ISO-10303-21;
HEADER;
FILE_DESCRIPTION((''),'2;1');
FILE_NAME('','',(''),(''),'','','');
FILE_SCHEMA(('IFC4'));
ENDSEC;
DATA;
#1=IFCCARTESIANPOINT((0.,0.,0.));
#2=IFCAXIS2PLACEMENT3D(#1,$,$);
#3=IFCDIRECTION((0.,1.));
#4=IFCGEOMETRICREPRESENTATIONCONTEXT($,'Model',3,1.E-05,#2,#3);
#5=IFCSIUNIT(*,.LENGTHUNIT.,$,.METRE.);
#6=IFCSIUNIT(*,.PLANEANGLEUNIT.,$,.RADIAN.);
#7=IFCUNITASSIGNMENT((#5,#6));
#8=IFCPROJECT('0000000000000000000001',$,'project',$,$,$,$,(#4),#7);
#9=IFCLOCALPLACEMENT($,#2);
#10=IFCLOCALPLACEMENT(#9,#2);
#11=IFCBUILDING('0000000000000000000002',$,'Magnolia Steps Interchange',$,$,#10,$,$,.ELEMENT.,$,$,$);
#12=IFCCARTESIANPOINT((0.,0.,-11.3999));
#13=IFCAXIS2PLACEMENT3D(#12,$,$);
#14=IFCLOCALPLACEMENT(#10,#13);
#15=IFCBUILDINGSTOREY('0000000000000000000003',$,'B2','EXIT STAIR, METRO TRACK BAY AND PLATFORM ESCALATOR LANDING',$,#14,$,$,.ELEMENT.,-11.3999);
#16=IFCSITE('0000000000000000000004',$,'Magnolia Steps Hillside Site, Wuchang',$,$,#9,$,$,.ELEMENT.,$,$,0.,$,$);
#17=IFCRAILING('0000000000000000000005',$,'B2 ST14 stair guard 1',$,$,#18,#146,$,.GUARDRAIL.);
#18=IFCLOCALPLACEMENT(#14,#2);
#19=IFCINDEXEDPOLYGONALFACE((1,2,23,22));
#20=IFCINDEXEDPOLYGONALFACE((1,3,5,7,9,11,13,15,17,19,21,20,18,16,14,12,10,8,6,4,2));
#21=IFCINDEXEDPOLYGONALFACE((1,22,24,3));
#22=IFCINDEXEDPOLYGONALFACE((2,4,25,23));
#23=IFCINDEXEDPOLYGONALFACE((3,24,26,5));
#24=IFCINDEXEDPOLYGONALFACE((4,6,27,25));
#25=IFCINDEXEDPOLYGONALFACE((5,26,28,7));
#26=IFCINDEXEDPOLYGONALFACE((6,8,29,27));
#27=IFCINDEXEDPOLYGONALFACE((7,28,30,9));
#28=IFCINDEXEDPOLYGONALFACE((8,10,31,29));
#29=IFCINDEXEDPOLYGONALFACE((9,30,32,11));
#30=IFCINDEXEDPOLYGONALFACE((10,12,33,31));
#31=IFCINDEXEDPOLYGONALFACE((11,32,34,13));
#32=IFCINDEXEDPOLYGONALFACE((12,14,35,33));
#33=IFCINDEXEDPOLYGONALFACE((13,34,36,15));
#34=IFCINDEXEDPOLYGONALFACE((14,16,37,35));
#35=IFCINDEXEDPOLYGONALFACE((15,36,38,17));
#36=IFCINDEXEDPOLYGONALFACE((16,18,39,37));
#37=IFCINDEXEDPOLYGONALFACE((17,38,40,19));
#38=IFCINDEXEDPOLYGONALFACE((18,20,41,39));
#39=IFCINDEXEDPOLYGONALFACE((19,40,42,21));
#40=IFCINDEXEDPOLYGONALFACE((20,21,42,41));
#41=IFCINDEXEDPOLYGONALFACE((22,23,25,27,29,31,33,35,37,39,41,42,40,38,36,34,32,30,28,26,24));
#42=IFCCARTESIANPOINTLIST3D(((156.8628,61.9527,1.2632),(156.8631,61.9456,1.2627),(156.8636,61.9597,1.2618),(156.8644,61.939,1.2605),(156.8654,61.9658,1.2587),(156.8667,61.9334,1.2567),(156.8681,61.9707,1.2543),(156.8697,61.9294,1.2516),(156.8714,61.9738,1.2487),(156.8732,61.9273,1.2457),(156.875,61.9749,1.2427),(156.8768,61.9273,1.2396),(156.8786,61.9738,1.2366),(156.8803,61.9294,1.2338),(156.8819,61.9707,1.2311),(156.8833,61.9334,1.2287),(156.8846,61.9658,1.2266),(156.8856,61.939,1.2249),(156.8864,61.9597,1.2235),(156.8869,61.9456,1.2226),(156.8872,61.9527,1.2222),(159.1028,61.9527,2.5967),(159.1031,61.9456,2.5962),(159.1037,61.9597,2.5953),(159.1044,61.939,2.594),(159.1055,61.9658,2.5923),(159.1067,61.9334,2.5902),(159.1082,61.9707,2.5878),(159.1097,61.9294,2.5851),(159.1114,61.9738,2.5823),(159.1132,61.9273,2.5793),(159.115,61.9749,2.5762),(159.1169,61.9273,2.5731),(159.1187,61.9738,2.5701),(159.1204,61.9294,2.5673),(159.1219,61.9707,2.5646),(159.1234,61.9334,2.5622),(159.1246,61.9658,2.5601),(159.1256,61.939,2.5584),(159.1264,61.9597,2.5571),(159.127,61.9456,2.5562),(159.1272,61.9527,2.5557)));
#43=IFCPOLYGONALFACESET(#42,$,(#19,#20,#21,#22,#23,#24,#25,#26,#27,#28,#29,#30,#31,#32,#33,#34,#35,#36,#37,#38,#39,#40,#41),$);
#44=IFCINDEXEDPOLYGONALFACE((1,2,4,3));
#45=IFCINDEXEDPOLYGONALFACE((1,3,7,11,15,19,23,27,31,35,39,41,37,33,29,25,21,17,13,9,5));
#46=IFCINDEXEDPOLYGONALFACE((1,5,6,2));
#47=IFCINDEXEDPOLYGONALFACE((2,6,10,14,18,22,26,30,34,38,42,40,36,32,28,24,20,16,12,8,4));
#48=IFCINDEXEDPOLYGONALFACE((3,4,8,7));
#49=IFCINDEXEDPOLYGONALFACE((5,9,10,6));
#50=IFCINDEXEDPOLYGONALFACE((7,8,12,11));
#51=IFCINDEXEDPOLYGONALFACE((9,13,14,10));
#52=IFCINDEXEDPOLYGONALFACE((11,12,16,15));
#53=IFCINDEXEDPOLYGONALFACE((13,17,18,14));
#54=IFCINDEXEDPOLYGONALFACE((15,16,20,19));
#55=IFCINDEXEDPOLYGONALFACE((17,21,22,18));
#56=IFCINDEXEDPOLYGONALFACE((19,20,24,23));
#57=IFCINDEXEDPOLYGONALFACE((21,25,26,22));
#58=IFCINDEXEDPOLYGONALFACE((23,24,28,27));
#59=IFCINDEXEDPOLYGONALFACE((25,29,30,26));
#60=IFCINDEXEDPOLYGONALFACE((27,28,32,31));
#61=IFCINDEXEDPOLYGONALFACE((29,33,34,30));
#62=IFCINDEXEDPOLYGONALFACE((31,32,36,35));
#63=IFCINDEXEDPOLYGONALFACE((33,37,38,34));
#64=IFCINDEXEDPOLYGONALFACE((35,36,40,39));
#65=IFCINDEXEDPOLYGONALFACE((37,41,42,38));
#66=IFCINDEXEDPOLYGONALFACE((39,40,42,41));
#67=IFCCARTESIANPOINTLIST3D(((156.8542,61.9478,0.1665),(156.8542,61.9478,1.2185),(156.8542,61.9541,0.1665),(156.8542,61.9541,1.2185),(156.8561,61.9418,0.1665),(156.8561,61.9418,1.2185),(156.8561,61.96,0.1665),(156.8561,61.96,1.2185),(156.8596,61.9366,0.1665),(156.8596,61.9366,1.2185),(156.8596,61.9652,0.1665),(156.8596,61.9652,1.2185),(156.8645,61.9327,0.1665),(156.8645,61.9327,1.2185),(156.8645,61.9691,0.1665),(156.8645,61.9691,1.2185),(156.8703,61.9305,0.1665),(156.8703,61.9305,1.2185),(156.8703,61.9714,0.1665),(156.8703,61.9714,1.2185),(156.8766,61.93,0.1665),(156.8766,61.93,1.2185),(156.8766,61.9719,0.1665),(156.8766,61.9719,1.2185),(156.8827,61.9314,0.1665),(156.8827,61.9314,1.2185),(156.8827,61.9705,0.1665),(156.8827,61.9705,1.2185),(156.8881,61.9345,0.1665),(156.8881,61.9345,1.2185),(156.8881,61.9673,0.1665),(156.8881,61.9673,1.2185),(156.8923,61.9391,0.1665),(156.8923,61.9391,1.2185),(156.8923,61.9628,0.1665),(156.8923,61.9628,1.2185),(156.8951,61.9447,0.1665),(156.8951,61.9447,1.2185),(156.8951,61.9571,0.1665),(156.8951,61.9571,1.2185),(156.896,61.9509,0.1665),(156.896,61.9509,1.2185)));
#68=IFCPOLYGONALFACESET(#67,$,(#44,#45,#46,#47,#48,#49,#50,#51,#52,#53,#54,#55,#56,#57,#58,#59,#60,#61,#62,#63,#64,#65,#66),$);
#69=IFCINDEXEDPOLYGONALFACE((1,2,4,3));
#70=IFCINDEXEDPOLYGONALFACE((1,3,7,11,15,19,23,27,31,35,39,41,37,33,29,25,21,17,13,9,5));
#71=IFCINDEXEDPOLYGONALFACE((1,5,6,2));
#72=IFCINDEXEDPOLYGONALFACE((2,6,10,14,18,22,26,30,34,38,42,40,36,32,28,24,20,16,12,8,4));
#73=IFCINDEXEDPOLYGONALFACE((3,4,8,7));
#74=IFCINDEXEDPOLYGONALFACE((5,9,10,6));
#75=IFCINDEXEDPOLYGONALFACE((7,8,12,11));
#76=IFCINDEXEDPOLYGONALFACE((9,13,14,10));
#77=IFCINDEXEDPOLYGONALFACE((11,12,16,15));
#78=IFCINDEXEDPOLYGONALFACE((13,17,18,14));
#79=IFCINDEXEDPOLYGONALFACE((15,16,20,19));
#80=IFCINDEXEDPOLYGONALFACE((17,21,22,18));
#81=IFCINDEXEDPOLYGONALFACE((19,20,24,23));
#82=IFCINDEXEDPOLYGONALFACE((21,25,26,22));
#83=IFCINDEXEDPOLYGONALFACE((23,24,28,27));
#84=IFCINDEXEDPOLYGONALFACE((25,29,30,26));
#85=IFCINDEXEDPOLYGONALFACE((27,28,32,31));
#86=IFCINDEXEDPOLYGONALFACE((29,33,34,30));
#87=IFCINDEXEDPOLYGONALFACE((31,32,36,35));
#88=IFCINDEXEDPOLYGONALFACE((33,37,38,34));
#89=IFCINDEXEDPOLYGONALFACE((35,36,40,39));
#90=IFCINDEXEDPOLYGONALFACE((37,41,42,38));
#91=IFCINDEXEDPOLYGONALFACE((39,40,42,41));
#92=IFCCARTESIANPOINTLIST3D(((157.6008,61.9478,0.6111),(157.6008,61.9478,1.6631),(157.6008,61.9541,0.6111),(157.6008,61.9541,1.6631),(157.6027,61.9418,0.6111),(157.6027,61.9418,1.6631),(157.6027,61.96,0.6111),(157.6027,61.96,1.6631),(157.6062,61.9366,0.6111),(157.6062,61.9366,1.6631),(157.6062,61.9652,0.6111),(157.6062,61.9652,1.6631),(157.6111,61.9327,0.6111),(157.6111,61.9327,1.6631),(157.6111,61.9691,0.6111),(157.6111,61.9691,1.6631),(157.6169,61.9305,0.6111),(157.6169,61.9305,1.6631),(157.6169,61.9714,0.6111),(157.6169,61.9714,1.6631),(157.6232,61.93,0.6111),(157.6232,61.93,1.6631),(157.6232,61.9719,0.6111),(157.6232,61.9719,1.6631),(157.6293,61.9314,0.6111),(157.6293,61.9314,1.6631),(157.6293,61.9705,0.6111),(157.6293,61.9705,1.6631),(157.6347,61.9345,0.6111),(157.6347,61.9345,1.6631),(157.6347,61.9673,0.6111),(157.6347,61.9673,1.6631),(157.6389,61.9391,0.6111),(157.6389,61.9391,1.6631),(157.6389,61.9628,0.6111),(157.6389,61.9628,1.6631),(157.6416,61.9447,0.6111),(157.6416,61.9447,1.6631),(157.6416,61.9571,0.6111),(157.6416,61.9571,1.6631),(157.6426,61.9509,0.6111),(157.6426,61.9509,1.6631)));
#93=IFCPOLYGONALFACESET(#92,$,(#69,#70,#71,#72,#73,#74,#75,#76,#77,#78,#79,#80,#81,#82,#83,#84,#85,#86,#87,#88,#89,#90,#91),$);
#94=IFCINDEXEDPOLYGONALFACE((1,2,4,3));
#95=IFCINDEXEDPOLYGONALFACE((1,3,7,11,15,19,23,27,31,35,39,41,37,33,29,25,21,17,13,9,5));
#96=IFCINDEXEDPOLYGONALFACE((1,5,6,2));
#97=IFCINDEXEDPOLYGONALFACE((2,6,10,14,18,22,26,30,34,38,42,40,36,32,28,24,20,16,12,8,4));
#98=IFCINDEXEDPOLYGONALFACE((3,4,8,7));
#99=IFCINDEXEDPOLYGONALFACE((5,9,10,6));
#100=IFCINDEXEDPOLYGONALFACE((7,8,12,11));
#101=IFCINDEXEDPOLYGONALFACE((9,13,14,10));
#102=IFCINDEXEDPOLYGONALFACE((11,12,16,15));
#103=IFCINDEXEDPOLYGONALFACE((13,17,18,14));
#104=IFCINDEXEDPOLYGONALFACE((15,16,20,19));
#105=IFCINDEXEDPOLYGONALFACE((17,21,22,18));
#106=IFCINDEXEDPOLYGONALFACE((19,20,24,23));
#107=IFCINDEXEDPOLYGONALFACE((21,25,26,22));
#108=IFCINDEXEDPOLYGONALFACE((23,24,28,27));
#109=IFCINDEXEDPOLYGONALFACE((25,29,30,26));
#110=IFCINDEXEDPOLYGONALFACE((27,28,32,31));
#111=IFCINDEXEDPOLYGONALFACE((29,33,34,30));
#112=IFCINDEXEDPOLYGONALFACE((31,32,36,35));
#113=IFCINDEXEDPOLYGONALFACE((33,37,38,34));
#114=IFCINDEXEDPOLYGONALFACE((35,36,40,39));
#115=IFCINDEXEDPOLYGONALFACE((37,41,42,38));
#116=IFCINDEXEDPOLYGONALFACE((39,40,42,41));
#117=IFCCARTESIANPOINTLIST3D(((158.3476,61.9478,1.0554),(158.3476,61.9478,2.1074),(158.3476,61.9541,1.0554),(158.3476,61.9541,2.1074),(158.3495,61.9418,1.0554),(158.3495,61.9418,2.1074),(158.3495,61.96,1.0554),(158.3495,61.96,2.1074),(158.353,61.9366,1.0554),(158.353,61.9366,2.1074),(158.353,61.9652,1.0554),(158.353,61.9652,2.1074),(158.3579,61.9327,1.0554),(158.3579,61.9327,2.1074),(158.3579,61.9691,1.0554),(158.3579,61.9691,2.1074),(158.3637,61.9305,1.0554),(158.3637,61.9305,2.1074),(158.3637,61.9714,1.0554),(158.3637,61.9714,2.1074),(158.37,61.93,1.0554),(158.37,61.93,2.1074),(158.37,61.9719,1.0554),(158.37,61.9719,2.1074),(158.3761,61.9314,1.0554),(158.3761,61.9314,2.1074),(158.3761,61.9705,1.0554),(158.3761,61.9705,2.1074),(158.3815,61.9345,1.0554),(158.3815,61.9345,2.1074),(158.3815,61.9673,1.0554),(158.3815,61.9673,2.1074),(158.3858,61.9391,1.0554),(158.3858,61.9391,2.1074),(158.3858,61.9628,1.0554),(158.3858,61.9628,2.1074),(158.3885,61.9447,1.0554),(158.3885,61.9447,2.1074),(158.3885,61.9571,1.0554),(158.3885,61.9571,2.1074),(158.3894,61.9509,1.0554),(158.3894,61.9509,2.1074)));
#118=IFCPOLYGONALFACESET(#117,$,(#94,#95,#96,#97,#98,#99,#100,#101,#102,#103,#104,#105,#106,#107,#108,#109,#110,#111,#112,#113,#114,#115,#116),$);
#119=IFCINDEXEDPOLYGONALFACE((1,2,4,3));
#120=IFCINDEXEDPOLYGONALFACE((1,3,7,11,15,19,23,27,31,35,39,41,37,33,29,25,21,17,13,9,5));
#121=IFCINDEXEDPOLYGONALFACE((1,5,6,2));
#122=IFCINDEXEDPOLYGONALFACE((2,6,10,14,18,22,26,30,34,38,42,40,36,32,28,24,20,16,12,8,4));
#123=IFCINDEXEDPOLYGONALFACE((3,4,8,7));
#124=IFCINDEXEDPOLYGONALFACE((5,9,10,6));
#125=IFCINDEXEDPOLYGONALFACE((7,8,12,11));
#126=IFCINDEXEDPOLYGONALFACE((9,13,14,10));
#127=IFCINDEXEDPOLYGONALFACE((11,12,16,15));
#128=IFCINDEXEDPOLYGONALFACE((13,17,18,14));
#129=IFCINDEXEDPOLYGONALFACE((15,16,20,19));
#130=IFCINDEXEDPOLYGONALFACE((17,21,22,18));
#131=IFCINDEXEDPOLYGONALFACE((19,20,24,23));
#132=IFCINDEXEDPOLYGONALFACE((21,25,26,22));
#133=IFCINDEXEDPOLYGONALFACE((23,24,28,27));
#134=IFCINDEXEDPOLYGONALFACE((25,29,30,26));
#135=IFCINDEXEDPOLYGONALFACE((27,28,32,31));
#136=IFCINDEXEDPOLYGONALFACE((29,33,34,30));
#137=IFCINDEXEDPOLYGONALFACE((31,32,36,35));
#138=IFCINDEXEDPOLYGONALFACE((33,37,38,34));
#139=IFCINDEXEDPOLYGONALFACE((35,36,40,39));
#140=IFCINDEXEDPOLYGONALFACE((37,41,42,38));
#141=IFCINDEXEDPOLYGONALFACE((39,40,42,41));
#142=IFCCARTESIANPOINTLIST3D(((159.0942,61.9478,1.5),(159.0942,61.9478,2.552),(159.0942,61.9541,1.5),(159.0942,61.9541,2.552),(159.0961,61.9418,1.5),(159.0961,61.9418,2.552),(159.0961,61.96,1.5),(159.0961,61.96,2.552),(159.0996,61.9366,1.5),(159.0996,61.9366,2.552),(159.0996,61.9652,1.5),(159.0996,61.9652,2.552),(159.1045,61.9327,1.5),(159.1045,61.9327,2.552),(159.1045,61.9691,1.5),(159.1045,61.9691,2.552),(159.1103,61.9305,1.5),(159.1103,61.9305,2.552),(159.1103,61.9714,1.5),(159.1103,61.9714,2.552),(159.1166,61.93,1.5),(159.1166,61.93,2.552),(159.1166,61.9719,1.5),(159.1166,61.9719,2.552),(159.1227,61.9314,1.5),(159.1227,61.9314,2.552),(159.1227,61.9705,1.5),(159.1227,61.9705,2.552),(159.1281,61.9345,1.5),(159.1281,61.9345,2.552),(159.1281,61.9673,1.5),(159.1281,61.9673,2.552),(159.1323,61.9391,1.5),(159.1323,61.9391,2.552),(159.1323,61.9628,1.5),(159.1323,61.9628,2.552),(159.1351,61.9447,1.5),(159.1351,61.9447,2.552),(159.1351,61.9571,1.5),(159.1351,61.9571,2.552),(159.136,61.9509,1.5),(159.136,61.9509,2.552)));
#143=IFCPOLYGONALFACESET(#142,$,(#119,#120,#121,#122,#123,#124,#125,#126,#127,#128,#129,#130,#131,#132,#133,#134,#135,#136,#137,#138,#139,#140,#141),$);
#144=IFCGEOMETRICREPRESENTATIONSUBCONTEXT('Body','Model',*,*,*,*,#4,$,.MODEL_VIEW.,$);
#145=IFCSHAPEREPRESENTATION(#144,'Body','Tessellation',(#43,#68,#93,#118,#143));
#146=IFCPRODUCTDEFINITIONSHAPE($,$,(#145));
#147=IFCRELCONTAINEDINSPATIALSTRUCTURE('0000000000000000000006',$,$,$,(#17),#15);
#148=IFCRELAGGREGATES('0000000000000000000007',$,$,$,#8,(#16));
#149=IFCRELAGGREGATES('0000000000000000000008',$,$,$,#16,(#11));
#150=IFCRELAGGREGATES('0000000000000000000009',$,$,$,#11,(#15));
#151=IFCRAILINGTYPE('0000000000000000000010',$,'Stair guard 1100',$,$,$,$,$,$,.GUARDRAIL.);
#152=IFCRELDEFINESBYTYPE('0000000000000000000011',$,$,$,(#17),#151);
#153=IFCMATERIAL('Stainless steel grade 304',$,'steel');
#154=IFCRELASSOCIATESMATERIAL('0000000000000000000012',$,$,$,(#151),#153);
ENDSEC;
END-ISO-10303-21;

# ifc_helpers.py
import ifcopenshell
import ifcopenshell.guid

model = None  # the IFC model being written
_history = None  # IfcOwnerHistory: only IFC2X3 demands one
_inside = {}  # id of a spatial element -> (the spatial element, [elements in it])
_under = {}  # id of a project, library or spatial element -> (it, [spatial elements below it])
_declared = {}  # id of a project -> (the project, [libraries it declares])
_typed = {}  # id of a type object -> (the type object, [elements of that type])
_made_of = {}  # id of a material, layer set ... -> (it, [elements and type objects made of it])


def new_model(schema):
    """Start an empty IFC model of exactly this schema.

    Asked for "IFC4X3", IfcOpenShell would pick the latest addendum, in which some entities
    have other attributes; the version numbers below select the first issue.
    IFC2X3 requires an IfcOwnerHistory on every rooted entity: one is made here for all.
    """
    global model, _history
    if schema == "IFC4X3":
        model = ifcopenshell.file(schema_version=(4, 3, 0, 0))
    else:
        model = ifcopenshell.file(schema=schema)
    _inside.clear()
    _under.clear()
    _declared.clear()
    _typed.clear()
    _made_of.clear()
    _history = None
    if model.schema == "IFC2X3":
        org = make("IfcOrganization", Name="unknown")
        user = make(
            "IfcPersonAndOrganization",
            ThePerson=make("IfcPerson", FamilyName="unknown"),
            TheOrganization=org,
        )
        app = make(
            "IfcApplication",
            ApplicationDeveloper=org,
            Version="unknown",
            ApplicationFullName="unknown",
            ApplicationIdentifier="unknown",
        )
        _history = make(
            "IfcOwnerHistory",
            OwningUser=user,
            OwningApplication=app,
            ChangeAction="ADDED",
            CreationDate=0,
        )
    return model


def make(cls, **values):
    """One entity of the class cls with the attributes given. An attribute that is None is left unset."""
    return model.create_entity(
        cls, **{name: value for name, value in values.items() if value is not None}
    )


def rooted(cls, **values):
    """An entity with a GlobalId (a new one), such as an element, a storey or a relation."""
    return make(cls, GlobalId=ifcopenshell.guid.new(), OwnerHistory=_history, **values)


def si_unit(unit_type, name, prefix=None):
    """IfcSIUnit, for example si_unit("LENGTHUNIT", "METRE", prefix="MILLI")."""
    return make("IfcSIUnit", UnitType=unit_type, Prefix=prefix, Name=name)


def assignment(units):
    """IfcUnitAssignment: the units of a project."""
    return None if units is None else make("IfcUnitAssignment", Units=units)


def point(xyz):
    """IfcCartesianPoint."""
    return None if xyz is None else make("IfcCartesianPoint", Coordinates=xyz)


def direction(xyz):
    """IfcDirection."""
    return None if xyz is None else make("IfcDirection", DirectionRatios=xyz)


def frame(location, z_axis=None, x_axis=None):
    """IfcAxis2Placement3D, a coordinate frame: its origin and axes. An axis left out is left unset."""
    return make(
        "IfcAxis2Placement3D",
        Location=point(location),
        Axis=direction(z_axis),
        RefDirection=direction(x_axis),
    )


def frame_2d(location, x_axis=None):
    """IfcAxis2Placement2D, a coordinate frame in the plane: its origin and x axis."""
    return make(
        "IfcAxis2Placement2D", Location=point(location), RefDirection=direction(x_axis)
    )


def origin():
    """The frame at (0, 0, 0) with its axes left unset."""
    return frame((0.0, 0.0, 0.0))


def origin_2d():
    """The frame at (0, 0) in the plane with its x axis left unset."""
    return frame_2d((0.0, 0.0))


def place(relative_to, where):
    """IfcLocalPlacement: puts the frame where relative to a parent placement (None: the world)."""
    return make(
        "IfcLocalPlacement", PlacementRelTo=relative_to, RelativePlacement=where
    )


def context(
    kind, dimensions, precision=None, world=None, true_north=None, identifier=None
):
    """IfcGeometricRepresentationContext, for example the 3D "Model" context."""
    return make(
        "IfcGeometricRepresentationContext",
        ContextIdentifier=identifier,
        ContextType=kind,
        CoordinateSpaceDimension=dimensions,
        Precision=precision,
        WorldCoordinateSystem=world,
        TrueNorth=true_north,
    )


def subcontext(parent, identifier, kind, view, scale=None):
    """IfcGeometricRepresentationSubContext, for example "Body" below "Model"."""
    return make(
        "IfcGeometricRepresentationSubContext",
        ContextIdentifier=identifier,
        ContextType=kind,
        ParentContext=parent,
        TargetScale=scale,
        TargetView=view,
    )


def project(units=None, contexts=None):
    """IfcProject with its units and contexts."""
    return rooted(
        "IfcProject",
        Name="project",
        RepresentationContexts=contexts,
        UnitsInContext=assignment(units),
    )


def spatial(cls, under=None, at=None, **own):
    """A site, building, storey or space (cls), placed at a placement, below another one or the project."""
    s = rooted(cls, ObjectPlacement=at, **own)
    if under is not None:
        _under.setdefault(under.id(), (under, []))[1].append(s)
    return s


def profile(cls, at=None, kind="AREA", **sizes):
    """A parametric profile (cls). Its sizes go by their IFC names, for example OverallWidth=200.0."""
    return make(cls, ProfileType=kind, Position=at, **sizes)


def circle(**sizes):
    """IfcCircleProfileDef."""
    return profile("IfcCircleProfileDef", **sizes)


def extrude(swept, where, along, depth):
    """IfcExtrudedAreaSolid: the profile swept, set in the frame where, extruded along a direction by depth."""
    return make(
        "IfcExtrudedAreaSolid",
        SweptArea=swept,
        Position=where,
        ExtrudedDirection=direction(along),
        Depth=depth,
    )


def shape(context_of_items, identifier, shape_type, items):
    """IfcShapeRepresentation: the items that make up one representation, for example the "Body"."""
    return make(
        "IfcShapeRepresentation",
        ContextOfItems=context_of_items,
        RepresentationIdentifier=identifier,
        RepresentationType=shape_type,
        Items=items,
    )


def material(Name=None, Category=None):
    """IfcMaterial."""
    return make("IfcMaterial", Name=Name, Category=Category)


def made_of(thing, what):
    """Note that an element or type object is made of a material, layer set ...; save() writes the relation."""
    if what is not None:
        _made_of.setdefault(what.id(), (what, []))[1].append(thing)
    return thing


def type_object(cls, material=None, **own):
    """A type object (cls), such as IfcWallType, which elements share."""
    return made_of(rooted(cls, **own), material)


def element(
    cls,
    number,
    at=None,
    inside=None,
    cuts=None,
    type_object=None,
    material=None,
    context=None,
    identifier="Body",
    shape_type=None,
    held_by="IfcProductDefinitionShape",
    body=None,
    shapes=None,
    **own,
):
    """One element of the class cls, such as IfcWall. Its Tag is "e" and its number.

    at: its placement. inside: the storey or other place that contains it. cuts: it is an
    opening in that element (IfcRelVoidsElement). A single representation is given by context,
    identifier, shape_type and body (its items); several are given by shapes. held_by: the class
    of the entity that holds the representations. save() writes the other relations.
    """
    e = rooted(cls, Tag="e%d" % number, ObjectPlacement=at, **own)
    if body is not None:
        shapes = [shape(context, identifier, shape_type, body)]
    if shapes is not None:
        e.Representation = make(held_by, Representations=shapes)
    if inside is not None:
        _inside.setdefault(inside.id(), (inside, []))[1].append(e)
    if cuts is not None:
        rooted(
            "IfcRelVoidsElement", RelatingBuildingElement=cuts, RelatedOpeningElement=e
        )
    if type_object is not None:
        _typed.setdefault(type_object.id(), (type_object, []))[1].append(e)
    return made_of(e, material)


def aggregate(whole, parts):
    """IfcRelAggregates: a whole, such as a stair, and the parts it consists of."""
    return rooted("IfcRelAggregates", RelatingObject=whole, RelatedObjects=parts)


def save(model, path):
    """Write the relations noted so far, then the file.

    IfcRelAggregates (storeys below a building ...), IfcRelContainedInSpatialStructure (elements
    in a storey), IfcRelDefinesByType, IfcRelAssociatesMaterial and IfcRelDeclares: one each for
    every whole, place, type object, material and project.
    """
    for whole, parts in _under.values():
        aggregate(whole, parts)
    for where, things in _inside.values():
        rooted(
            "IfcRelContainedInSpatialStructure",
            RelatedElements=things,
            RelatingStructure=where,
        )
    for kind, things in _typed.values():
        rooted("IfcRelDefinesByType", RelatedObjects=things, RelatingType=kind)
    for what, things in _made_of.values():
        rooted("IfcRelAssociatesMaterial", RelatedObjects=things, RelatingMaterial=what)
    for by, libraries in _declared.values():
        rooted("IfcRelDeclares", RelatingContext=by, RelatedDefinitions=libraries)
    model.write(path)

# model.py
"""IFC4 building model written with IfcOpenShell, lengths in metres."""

from ifc_helpers import new_model, si_unit, direction, frame, origin, origin_2d, place, context, subcontext, project, spatial, circle, extrude, material, type_object, element, save


model = new_model("IFC4")

# Units and contexts
model_context = context("Model", 3, precision=1e-05, world=origin(), true_north=direction((0.0, 1.0)))
body_context = subcontext(model_context, "Body", "Model", "MODEL_VIEW")
ifc_project = project(units=[si_unit("LENGTHUNIT", "METRE"), si_unit("PLANEANGLEUNIT", "RADIAN")], contexts=[model_context])

# Site, building, storey
site_placement = place(None, origin())
site = spatial("IfcSite", under=ifc_project, at=site_placement, Name="Magnolia Steps Hillside Site, Wuchang", CompositionType="ELEMENT", RefElevation=0.0)
building_placement = place(site_placement, origin())
building = spatial("IfcBuilding", under=site, at=building_placement, Name="Magnolia Steps Interchange", CompositionType="ELEMENT")
storey_placement = place(building_placement, frame((0.0, 0.0, -11.3999)))
storey = spatial("IfcBuildingStorey", under=building, at=storey_placement, Name="B2", Description="EXIT STAIR, METRO TRACK BAY AND PLATFORM ESCALATOR LANDING", CompositionType="ELEMENT", Elevation=-11.3999)

# Railing
ifc_material_1 = material(Name="Stainless steel grade 304", Category="steel")
railing_type_1 = type_object("IfcRailingType", Name="Stair guard 1100", PredefinedType="GUARDRAIL", material=ifc_material_1)
railing_1_placement = place(storey_placement, frame((156.875, 61.9509, 0.1665)))
element("IfcRailing", 1, at=railing_1_placement, inside=storey, type_object=railing_type_1, Name="B2 ST14 stair guard 1", PredefinedType="GUARDRAIL", context=body_context, shape_type="SweptSolid", body=[
    extrude(circle(Radius=0.0239, at=origin_2d()), frame((0.0, 0.0, 1.0762), z_axis=(0.859264, 0.0, 0.511532), x_axis=(0.0, 1.0, 0.0)), (0.0, 0.0, 1.0), 2.6069),
    extrude(circle(Radius=0.021, at=origin_2d()), origin(), (0.0, 0.0, 1.0), 1.052),
    extrude(circle(Radius=0.021, at=origin_2d()), frame((0.7466, 0.0, 0.4446)), (0.0, 0.0, 1.0), 1.052),
    extrude(circle(Radius=0.021, at=origin_2d()), frame((1.4934, 0.0, 0.8889)), (0.0, 0.0, 1.0), 1.052),
    extrude(circle(Radius=0.021, at=origin_2d()), frame((2.24, 0.0, 1.3335)), (0.0, 0.0, 1.0), 1.052),
])

save(model, "model.ifc")
